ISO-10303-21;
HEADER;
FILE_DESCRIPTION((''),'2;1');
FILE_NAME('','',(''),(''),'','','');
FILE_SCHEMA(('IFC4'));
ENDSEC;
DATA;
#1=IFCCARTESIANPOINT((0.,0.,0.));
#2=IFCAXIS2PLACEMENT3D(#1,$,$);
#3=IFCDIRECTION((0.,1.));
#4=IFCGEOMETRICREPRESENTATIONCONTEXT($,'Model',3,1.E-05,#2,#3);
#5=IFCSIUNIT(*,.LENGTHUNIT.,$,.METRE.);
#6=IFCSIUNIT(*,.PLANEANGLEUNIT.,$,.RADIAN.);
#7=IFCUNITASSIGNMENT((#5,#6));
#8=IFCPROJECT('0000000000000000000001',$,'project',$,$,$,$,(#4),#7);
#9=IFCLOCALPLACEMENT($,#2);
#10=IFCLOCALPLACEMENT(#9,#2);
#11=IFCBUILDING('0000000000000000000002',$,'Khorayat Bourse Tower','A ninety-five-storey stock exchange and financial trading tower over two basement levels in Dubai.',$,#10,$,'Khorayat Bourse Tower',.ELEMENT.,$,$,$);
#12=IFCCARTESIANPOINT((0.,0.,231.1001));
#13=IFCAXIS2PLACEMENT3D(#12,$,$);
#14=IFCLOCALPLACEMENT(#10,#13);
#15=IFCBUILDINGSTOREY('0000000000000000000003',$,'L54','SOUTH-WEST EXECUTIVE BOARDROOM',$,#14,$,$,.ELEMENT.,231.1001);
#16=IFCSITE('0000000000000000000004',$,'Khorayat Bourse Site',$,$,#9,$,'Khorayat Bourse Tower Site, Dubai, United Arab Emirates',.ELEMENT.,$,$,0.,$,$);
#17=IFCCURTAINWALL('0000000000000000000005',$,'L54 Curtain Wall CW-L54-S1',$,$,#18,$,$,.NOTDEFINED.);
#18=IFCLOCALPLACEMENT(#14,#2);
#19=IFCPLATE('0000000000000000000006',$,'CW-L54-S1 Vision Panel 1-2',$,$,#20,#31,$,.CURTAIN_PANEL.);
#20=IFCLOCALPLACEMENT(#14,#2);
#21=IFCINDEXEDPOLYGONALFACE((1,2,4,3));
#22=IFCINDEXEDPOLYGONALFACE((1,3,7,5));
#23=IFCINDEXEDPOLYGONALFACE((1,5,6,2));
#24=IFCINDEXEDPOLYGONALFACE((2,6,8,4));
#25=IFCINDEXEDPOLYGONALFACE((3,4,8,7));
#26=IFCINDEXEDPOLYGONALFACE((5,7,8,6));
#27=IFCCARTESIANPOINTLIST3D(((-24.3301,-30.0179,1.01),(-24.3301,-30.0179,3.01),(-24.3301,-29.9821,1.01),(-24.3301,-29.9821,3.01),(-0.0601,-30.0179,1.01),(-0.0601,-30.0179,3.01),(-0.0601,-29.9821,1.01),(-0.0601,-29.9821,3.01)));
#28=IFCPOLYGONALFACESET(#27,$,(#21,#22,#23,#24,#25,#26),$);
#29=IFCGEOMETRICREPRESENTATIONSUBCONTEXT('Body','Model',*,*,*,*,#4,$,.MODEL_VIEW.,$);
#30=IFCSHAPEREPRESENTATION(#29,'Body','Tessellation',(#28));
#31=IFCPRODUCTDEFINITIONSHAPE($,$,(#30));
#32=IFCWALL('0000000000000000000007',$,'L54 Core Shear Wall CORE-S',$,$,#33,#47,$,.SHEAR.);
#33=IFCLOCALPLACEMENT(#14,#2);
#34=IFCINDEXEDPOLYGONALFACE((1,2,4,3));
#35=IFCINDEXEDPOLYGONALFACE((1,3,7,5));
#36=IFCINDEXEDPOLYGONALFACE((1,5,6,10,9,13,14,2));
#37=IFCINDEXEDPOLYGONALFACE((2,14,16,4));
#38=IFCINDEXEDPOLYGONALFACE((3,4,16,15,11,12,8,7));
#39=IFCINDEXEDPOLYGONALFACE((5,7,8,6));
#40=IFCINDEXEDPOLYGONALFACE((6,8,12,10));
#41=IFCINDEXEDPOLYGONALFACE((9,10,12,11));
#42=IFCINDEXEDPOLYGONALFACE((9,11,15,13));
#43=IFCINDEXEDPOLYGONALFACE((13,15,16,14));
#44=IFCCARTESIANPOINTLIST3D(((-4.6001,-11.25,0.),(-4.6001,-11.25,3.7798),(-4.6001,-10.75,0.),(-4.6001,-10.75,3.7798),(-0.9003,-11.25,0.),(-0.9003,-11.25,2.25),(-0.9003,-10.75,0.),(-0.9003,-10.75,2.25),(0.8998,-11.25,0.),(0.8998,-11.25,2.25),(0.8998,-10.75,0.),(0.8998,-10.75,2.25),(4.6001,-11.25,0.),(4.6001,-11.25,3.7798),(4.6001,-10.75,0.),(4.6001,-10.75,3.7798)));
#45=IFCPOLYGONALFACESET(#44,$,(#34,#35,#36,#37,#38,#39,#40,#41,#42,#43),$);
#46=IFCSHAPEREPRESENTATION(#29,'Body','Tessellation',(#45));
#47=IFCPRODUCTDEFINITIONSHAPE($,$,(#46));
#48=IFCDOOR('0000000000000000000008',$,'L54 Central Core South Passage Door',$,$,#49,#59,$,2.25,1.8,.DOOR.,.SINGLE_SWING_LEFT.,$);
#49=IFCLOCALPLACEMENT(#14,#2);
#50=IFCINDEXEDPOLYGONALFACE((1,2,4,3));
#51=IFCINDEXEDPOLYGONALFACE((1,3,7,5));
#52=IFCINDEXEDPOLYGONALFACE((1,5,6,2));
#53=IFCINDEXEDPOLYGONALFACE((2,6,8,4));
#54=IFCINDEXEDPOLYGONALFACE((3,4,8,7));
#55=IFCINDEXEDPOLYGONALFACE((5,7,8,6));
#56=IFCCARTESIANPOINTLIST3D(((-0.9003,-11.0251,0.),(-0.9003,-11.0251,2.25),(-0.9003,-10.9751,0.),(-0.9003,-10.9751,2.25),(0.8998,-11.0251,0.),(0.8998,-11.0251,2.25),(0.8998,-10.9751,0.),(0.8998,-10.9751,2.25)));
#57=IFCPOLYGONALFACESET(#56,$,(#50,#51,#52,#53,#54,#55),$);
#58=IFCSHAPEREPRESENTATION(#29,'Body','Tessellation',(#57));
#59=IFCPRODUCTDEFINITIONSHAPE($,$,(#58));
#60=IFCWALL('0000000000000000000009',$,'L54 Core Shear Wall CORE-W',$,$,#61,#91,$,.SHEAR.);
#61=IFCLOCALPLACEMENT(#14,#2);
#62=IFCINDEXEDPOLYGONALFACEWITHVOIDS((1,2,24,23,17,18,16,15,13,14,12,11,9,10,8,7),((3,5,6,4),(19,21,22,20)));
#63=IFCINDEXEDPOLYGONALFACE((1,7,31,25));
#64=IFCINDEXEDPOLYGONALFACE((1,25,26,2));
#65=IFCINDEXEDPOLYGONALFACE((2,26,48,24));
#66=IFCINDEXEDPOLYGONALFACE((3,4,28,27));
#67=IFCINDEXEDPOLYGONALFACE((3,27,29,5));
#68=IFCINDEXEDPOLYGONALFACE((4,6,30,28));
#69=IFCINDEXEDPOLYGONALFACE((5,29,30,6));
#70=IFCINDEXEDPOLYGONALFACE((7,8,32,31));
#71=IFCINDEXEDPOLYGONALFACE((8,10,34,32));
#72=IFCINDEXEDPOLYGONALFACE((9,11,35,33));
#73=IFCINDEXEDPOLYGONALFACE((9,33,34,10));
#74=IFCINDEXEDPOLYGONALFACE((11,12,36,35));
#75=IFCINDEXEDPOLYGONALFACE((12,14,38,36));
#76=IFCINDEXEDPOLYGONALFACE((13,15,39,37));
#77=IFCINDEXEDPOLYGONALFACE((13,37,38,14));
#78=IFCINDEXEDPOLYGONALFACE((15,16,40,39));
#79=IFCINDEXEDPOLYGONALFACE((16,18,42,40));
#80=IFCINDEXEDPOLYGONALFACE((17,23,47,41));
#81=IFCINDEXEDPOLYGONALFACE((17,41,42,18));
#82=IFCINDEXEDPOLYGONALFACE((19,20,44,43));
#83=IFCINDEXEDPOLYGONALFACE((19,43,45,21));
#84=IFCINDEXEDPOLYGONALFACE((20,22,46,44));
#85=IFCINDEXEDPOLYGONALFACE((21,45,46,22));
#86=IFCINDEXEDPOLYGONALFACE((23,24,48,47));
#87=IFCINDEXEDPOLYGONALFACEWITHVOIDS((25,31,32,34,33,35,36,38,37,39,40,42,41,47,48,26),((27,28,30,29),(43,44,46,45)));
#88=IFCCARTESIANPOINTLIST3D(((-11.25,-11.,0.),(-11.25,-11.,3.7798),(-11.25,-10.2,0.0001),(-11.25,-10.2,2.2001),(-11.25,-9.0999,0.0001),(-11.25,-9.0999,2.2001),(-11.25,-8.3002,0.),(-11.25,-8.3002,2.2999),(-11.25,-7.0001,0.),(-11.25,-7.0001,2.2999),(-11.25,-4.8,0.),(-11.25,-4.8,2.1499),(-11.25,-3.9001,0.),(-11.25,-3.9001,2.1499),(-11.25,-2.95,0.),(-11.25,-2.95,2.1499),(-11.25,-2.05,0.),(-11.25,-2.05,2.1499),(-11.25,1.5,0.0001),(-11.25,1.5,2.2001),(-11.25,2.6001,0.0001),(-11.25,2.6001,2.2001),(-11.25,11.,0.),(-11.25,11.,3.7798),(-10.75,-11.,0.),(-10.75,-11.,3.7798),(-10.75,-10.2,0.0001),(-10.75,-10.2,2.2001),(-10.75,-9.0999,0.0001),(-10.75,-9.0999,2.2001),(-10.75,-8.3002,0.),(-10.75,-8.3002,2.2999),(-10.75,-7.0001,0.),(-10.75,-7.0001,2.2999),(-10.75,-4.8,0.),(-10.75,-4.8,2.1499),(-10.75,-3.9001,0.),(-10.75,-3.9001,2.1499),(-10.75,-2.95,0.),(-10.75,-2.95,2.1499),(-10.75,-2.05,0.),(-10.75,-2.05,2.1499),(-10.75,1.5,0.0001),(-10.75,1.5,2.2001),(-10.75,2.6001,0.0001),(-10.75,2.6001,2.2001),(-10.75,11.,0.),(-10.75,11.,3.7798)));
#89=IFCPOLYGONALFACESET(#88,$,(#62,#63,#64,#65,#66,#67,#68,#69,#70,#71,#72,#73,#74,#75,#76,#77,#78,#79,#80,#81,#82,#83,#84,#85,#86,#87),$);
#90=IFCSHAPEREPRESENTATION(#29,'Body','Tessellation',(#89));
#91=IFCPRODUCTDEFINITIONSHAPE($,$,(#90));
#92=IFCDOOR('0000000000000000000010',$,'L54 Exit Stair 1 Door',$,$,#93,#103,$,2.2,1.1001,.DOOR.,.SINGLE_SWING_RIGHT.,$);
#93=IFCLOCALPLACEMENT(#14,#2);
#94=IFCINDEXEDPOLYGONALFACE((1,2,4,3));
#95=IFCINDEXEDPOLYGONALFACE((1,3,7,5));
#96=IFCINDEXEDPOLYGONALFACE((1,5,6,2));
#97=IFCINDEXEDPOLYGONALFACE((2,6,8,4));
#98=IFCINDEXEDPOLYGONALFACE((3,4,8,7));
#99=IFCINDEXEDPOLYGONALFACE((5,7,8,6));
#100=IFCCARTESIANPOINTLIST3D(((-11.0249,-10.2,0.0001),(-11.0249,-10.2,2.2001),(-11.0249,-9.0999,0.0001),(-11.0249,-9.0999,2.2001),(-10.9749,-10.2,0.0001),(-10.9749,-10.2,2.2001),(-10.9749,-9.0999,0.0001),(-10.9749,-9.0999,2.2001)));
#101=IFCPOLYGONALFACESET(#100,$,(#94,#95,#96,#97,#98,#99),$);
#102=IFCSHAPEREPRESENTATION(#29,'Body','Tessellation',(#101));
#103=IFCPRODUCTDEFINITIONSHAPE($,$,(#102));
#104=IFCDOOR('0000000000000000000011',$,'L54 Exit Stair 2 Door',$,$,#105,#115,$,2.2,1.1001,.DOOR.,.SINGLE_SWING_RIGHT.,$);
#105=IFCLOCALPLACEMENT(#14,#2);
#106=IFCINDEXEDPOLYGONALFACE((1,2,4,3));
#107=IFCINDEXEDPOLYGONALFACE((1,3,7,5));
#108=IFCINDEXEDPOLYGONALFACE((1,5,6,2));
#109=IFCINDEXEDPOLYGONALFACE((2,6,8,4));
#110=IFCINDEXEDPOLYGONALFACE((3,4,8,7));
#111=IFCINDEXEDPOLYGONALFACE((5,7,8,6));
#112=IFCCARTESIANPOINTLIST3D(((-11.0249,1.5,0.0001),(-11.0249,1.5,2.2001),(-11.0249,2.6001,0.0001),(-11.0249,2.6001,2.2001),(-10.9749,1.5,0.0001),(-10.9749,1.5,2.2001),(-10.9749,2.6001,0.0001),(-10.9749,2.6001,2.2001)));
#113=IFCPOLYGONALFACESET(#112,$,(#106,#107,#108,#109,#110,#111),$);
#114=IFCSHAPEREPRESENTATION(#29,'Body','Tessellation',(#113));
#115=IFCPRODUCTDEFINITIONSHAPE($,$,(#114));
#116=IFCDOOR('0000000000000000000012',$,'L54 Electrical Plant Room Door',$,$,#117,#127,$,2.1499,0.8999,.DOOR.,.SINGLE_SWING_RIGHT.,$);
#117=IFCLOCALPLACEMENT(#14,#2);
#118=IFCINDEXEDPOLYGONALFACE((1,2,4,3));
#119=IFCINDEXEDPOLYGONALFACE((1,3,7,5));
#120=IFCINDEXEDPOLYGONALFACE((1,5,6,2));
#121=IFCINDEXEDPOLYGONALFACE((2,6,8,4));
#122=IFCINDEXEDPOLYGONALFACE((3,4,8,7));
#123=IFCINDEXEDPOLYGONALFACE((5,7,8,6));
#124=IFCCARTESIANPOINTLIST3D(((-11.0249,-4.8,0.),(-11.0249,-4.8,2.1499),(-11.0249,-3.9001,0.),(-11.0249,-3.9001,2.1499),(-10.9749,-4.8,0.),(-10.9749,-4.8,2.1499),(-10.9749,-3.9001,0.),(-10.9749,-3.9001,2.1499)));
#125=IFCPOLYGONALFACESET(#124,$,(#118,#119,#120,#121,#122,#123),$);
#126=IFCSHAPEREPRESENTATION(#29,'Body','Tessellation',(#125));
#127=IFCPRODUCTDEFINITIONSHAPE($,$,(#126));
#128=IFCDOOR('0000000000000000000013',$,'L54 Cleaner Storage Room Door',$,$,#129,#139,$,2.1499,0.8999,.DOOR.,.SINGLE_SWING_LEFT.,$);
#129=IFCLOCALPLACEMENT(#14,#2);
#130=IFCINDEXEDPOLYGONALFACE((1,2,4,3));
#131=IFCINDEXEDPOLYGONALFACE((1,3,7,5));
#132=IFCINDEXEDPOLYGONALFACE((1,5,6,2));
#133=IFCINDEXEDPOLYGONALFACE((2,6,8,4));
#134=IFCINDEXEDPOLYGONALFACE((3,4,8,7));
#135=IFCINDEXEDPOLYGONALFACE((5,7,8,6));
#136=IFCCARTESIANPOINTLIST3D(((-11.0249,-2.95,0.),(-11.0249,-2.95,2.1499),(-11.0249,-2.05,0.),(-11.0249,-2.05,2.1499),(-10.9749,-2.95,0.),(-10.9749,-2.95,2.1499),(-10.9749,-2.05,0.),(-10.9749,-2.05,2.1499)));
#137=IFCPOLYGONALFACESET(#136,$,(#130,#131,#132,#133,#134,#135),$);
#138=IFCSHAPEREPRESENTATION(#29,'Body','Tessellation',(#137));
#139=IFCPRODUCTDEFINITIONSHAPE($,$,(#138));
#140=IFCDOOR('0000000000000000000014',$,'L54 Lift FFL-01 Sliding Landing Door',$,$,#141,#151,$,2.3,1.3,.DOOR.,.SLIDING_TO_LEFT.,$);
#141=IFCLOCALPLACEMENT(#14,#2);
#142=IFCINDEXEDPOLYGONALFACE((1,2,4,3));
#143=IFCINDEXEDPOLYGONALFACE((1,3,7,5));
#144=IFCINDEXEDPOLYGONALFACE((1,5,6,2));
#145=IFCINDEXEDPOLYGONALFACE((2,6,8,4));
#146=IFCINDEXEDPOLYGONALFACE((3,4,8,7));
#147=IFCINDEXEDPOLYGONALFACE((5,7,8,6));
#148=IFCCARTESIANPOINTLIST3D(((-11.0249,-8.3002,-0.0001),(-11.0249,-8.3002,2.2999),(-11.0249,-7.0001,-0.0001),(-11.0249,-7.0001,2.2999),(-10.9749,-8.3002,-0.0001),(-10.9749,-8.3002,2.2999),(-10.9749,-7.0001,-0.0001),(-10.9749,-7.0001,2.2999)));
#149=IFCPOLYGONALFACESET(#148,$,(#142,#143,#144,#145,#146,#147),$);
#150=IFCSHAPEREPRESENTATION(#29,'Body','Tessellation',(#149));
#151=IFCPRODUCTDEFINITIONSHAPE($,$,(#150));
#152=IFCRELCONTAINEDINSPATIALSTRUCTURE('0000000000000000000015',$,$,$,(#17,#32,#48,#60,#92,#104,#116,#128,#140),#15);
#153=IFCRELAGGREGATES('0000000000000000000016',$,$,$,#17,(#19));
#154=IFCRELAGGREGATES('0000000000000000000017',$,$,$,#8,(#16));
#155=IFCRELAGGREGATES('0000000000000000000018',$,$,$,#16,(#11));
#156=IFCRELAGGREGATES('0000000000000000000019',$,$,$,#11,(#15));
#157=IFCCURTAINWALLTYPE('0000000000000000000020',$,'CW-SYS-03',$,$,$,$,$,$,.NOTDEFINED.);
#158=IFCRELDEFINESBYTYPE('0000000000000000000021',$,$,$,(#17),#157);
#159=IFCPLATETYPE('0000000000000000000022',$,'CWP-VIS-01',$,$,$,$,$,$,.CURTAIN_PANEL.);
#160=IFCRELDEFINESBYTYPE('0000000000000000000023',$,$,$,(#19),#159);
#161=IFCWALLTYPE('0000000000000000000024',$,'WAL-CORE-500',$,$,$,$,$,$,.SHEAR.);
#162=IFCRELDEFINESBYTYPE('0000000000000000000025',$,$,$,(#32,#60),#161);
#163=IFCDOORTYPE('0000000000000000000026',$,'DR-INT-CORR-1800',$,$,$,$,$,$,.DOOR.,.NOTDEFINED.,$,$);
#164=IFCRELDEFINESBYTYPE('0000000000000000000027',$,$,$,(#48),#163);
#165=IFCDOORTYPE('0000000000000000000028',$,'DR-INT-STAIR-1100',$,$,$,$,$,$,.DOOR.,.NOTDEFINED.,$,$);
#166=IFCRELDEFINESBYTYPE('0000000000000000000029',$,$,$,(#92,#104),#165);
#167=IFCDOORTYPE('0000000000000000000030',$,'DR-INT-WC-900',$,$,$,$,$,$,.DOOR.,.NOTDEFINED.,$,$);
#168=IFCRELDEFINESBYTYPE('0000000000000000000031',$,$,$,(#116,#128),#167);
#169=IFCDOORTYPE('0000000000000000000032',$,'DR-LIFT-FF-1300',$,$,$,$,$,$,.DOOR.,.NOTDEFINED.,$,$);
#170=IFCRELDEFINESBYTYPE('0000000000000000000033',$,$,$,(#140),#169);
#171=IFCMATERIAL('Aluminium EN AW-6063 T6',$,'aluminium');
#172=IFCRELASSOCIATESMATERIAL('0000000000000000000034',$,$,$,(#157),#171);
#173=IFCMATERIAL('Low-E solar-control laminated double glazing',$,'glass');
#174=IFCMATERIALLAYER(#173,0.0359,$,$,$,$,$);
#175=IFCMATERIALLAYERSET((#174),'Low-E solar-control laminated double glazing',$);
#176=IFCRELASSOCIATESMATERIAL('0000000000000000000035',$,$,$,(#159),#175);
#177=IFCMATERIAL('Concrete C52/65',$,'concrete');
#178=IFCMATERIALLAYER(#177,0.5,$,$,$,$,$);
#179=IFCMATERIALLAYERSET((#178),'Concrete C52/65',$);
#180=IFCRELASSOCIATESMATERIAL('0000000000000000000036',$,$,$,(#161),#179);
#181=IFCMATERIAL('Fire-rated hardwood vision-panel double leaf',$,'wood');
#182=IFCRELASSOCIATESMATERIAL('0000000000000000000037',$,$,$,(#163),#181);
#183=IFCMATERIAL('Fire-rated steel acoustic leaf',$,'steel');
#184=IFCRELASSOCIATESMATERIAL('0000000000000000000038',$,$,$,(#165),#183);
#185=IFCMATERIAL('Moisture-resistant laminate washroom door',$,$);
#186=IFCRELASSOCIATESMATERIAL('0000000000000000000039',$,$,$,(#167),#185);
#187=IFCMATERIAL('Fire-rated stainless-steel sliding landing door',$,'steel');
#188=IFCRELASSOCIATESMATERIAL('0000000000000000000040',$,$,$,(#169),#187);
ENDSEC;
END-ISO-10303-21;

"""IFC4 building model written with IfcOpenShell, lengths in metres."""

from ifc_helpers import new_model, si_unit, direction, frame, frame_2d, origin, origin_2d, place, context, subcontext, project, spatial, rectangle, extrude, source, transform, mapped, material, layer, layer_set, type_object, element, fill, aggregate, save


model = new_model("IFC4")

# Units and contexts
model_context = context("Model", 3, precision=1e-05, world=origin(), true_north=direction((0.0, 1.0)))
body_context = subcontext(model_context, "Body", "Model", "MODEL_VIEW")
ifc_project = project(units=[si_unit("LENGTHUNIT", "METRE"), si_unit("PLANEANGLEUNIT", "RADIAN")], contexts=[model_context])

# Site, building, storey
site_placement = place(None, origin())
site = spatial("IfcSite", under=ifc_project, at=site_placement, Name="Khorayat Bourse Site", LongName="Khorayat Bourse Tower Site, Dubai, United Arab Emirates", CompositionType="ELEMENT", RefElevation=0.0)
building_placement = place(site_placement, origin())
building = spatial("IfcBuilding", under=site, at=building_placement, Name="Khorayat Bourse Tower", Description="A ninety-five-storey stock exchange and financial trading tower over two basement levels in Dubai.", LongName="Khorayat Bourse Tower", CompositionType="ELEMENT")
storey_placement = place(building_placement, frame((0.0, 0.0, 231.1001)))
storey = spatial("IfcBuildingStorey", under=building, at=storey_placement, Name="L54", Description="SOUTH-WEST EXECUTIVE BOARDROOM", CompositionType="ELEMENT", Elevation=231.1001)

# Curtain wall
ifc_material_1 = material(Name="Aluminium EN AW-6063 T6", Category="aluminium")
curtain_wall_type = type_object("IfcCurtainWallType", Name="CW-SYS-03", PredefinedType="NOTDEFINED", material=ifc_material_1)
curtain_wall_placement = place(storey_placement, origin())
curtain_wall = element("IfcCurtainWall", 1, at=curtain_wall_placement, inside=storey, type_object=curtain_wall_type, Name="L54 Curtain Wall CW-L54-S1", PredefinedType="NOTDEFINED")

# Plate
ifc_material_2 = material(Name="Low-E solar-control laminated double glazing", Category="glass")
ifc_layer_1 = layer(ifc_material_2, 0.0359)
ifc_layer_set_1 = layer_set([ifc_layer_1], Name="Low-E solar-control laminated double glazing")
plate_type_1 = type_object("IfcPlateType", Name="CWP-VIS-01", PredefinedType="CURTAIN_PANEL", material=ifc_layer_set_1)
shared_shape_1 = source(origin(), body_context, "Body", "SweptSolid", [
    extrude(rectangle(XDim=24.27, YDim=0.0359, at=origin_2d()), origin(), (0.0, 0.0, 1.0), 2.0),
])
plate_1_placement = place(storey_placement, frame((-12.1951, -30.0, 1.01), z_axis=(0.0, 0.0, 1.0), x_axis=(1.0, 0.0, 0.0)))
plate_1 = element("IfcPlate", 2, at=plate_1_placement, type_object=plate_type_1, Name="CW-L54-S1 Vision Panel 1-2", PredefinedType="CURTAIN_PANEL", context=body_context, shape_type="MappedRepresentation", body=[
    mapped(shared_shape_1, transform((0.0, 0.0, 0.0), scale=1.0)),
])
aggregate(curtain_wall, [plate_1])

# Wall, opening, door
ifc_material_3 = material(Name="Concrete C52/65", Category="concrete")
ifc_layer_2 = layer(ifc_material_3, 0.5)
ifc_layer_set_2 = layer_set([ifc_layer_2], Name="Concrete C52/65")
wall_type_1 = type_object("IfcWallType", Name="WAL-CORE-500", PredefinedType="SHEAR", material=ifc_layer_set_2)
shared_shape_2 = source(origin(), body_context, "Body", "SweptSolid", [
    extrude(rectangle(XDim=9.2002, YDim=0.5, at=frame_2d((4.6001, 0.0))), origin(), (0.0, 0.0, 1.0), 3.7798),
])
wall_1_placement = place(storey_placement, frame((-4.6001, -11.0, 0.0), z_axis=(0.0, 0.0, 1.0), x_axis=(1.0, 0.0, 0.0)))
wall_1 = element("IfcWall", 3, at=wall_1_placement, inside=storey, type_object=wall_type_1, Name="L54 Core Shear Wall CORE-S", PredefinedType="SHEAR", context=body_context, shape_type="MappedRepresentation", body=[
    mapped(shared_shape_2, transform((0.0, 0.0, 0.0), scale=1.0)),
])
shared_shape_3 = source(origin(), body_context, "Body", "SweptSolid", [
    extrude(rectangle(XDim=1.8, YDim=2.25, at=frame_2d((0.8999, 1.125))), frame((0.0, 0.26, 0.0), z_axis=(0.0, -1.0, 0.0), x_axis=(1.0, 0.0, 0.0)), (0.0, 0.0, 1.0), 0.52),
])
opening_1_placement = place(wall_1_placement, frame((3.7, 0.0, 0.0)))
opening_1 = element("IfcOpeningElement", 4, at=opening_1_placement, cuts=wall_1, PredefinedType="OPENING", context=body_context, shape_type="MappedRepresentation", body=[
    mapped(shared_shape_3, transform((0.0, 0.0, 0.0), scale=1.0)),
])
ifc_material_4 = material(Name="Fire-rated hardwood vision-panel double leaf", Category="wood")
door_type_1 = type_object("IfcDoorType", Name="DR-INT-CORR-1800", OperationType="NOTDEFINED", PredefinedType="DOOR", material=ifc_material_4)
shared_shape_4 = source(origin(), body_context, "Body", "SweptSolid", [
    extrude(rectangle(XDim=1.8, YDim=2.25, at=frame_2d((0.8999, 1.125))), frame((0.0, 0.0249, 0.0), z_axis=(0.0, -1.0, 0.0), x_axis=(1.0, 0.0, 0.0)), (0.0, 0.0, 1.0), 0.05),
])
door_1_placement = place(opening_1_placement, origin())
door_1 = element("IfcDoor", 5, at=door_1_placement, inside=storey, type_object=door_type_1, Name="L54 Central Core South Passage Door", OperationType="SINGLE_SWING_LEFT", OverallHeight=2.25, OverallWidth=1.8, PredefinedType="DOOR", context=body_context, shape_type="MappedRepresentation", body=[
    mapped(shared_shape_4, transform((0.0, 0.0, 0.0), scale=1.0)),
])
fill(opening_1, door_1)

# Wall, openings, doors
shared_shape_5 = source(origin(), body_context, "Body", "SweptSolid", [
    extrude(rectangle(XDim=22.0, YDim=0.5, at=frame_2d((11.0, 0.0))), origin(), (0.0, 0.0, 1.0), 3.7798),
])
wall_2_placement = place(storey_placement, frame((-11.0, -11.0, 0.0), z_axis=(0.0, 0.0, 1.0), x_axis=(0.0, 1.0, 0.0)))
wall_2 = element("IfcWall", 6, at=wall_2_placement, inside=storey, type_object=wall_type_1, Name="L54 Core Shear Wall CORE-W", PredefinedType="SHEAR", context=body_context, shape_type="MappedRepresentation", body=[
    mapped(shared_shape_5, transform((0.0, 0.0, 0.0), scale=1.0)),
])
shared_shape_6 = source(origin(), body_context, "Body", "SweptSolid", [
    extrude(rectangle(XDim=1.1001, YDim=2.2, at=frame_2d((0.55, 1.1001))), frame((0.0, 0.26, 0.0), z_axis=(0.0, -1.0, 0.0), x_axis=(1.0, 0.0, 0.0)), (0.0, 0.0, 1.0), 0.52),
])
opening_2_placement = place(wall_2_placement, frame((0.8, 0.0, 0.0)))
opening_2 = element("IfcOpeningElement", 7, at=opening_2_placement, cuts=wall_2, PredefinedType="OPENING", context=body_context, shape_type="MappedRepresentation", body=[
    mapped(shared_shape_6, transform((0.0, 0.0, 0.0), scale=1.0)),
])
opening_3_placement = place(wall_2_placement, frame((12.5, 0.0, 0.0)))
opening_3 = element("IfcOpeningElement", 8, at=opening_3_placement, cuts=wall_2, PredefinedType="OPENING", context=body_context, shape_type="MappedRepresentation", body=[
    mapped(shared_shape_6, transform((0.0, 0.0, 0.0), scale=1.0)),
])
shared_shape_7 = source(origin(), body_context, "Body", "SweptSolid", [
    extrude(rectangle(XDim=0.8999, YDim=2.1499, at=frame_2d((0.45, 1.075))), frame((0.0, 0.26, 0.0), z_axis=(0.0, -1.0, 0.0), x_axis=(1.0, 0.0, 0.0)), (0.0, 0.0, 1.0), 0.52),
])
opening_4_placement = place(wall_2_placement, frame((6.2, 0.0, 0.0)))
opening_4 = element("IfcOpeningElement", 9, at=opening_4_placement, cuts=wall_2, PredefinedType="OPENING", context=body_context, shape_type="MappedRepresentation", body=[
    mapped(shared_shape_7, transform((0.0, 0.0, 0.0), scale=1.0)),
])
opening_5_placement = place(wall_2_placement, frame((8.05, 0.0, 0.0)))
opening_5 = element("IfcOpeningElement", 10, at=opening_5_placement, cuts=wall_2, PredefinedType="OPENING", context=body_context, shape_type="MappedRepresentation", body=[
    mapped(shared_shape_7, transform((0.0, 0.0, 0.0), scale=1.0)),
])
shared_shape_8 = source(origin(), body_context, "Body", "SweptSolid", [
    extrude(rectangle(XDim=1.3, YDim=2.3, at=frame_2d((0.6499, 1.1499))), frame((0.0, 0.26, 0.0), z_axis=(0.0, -1.0, 0.0), x_axis=(1.0, 0.0, 0.0)), (0.0, 0.0, 1.0), 0.52),
])
opening_6_placement = place(wall_2_placement, frame((2.7, 0.0, 0.0)))
opening_6 = element("IfcOpeningElement", 11, at=opening_6_placement, cuts=wall_2, PredefinedType="OPENING", context=body_context, shape_type="MappedRepresentation", body=[
    mapped(shared_shape_8, transform((0.0, 0.0, 0.0), scale=1.0)),
])
ifc_material_5 = material(Name="Fire-rated steel acoustic leaf", Category="steel")
door_type_2 = type_object("IfcDoorType", Name="DR-INT-STAIR-1100", OperationType="NOTDEFINED", PredefinedType="DOOR", material=ifc_material_5)
shared_shape_9 = source(origin(), body_context, "Body", "SweptSolid", [
    extrude(rectangle(XDim=1.1001, YDim=2.2, at=frame_2d((0.55, 1.1001))), frame((0.0, 0.0249, 0.0), z_axis=(0.0, -1.0, 0.0), x_axis=(1.0, 0.0, 0.0)), (0.0, 0.0, 1.0), 0.05),
])
door_2_placement = place(opening_2_placement, origin())
door_2 = element("IfcDoor", 12, at=door_2_placement, inside=storey, type_object=door_type_2, Name="L54 Exit Stair 1 Door", OperationType="SINGLE_SWING_RIGHT", OverallHeight=2.2, OverallWidth=1.1001, PredefinedType="DOOR", context=body_context, shape_type="MappedRepresentation", body=[
    mapped(shared_shape_9, transform((0.0, 0.0, 0.0), scale=1.0)),
])
fill(opening_2, door_2)
door_3_placement = place(opening_3_placement, origin())
door_3 = element("IfcDoor", 13, at=door_3_placement, inside=storey, type_object=door_type_2, Name="L54 Exit Stair 2 Door", OperationType="SINGLE_SWING_RIGHT", OverallHeight=2.2, OverallWidth=1.1001, PredefinedType="DOOR", context=body_context, shape_type="MappedRepresentation", body=[
    mapped(shared_shape_9, transform((0.0, 0.0, 0.0), scale=1.0)),
])
fill(opening_3, door_3)
ifc_material_6 = material(Name="Moisture-resistant laminate washroom door")
door_type_3 = type_object("IfcDoorType", Name="DR-INT-WC-900", OperationType="NOTDEFINED", PredefinedType="DOOR", material=ifc_material_6)
shared_shape_10 = source(origin(), body_context, "Body", "SweptSolid", [
    extrude(rectangle(XDim=0.8999, YDim=2.1499, at=frame_2d((0.45, 1.075))), frame((0.0, 0.0249, 0.0), z_axis=(0.0, -1.0, 0.0), x_axis=(1.0, 0.0, 0.0)), (0.0, 0.0, 1.0), 0.05),
])
door_4_placement = place(opening_4_placement, origin())
door_4 = element("IfcDoor", 14, at=door_4_placement, inside=storey, type_object=door_type_3, Name="L54 Electrical Plant Room Door", OperationType="SINGLE_SWING_RIGHT", OverallHeight=2.1499, OverallWidth=0.8999, PredefinedType="DOOR", context=body_context, shape_type="MappedRepresentation", body=[
    mapped(shared_shape_10, transform((0.0, 0.0, 0.0), scale=1.0)),
])
fill(opening_4, door_4)
door_5_placement = place(opening_5_placement, origin())
door_5 = element("IfcDoor", 15, at=door_5_placement, inside=storey, type_object=door_type_3, Name="L54 Cleaner Storage Room Door", OperationType="SINGLE_SWING_LEFT", OverallHeight=2.1499, OverallWidth=0.8999, PredefinedType="DOOR", context=body_context, shape_type="MappedRepresentation", body=[
    mapped(shared_shape_10, transform((0.0, 0.0, 0.0), scale=1.0)),
])
fill(opening_5, door_5)
ifc_material_7 = material(Name="Fire-rated stainless-steel sliding landing door", Category="steel")
door_type_4 = type_object("IfcDoorType", Name="DR-LIFT-FF-1300", OperationType="NOTDEFINED", PredefinedType="DOOR", material=ifc_material_7)
shared_shape_11 = source(origin(), body_context, "Body", "SweptSolid", [
    extrude(rectangle(XDim=1.3, YDim=2.3, at=frame_2d((0.6499, 1.1499))), frame((0.0, 0.0249, 0.0), z_axis=(0.0, -1.0, 0.0), x_axis=(1.0, 0.0, 0.0)), (0.0, 0.0, 1.0), 0.05),
])
door_6_placement = place(opening_6_placement, origin())
door_6 = element("IfcDoor", 16, at=door_6_placement, inside=storey, type_object=door_type_4, Name="L54 Lift FFL-01 Sliding Landing Door", OperationType="SLIDING_TO_LEFT", OverallHeight=2.3, OverallWidth=1.3, PredefinedType="DOOR", context=body_context, shape_type="MappedRepresentation", body=[
    mapped(shared_shape_11, transform((0.0, 0.0, 0.0), scale=1.0)),
])
fill(opening_6, door_6)

save(model, "model.ifc")
